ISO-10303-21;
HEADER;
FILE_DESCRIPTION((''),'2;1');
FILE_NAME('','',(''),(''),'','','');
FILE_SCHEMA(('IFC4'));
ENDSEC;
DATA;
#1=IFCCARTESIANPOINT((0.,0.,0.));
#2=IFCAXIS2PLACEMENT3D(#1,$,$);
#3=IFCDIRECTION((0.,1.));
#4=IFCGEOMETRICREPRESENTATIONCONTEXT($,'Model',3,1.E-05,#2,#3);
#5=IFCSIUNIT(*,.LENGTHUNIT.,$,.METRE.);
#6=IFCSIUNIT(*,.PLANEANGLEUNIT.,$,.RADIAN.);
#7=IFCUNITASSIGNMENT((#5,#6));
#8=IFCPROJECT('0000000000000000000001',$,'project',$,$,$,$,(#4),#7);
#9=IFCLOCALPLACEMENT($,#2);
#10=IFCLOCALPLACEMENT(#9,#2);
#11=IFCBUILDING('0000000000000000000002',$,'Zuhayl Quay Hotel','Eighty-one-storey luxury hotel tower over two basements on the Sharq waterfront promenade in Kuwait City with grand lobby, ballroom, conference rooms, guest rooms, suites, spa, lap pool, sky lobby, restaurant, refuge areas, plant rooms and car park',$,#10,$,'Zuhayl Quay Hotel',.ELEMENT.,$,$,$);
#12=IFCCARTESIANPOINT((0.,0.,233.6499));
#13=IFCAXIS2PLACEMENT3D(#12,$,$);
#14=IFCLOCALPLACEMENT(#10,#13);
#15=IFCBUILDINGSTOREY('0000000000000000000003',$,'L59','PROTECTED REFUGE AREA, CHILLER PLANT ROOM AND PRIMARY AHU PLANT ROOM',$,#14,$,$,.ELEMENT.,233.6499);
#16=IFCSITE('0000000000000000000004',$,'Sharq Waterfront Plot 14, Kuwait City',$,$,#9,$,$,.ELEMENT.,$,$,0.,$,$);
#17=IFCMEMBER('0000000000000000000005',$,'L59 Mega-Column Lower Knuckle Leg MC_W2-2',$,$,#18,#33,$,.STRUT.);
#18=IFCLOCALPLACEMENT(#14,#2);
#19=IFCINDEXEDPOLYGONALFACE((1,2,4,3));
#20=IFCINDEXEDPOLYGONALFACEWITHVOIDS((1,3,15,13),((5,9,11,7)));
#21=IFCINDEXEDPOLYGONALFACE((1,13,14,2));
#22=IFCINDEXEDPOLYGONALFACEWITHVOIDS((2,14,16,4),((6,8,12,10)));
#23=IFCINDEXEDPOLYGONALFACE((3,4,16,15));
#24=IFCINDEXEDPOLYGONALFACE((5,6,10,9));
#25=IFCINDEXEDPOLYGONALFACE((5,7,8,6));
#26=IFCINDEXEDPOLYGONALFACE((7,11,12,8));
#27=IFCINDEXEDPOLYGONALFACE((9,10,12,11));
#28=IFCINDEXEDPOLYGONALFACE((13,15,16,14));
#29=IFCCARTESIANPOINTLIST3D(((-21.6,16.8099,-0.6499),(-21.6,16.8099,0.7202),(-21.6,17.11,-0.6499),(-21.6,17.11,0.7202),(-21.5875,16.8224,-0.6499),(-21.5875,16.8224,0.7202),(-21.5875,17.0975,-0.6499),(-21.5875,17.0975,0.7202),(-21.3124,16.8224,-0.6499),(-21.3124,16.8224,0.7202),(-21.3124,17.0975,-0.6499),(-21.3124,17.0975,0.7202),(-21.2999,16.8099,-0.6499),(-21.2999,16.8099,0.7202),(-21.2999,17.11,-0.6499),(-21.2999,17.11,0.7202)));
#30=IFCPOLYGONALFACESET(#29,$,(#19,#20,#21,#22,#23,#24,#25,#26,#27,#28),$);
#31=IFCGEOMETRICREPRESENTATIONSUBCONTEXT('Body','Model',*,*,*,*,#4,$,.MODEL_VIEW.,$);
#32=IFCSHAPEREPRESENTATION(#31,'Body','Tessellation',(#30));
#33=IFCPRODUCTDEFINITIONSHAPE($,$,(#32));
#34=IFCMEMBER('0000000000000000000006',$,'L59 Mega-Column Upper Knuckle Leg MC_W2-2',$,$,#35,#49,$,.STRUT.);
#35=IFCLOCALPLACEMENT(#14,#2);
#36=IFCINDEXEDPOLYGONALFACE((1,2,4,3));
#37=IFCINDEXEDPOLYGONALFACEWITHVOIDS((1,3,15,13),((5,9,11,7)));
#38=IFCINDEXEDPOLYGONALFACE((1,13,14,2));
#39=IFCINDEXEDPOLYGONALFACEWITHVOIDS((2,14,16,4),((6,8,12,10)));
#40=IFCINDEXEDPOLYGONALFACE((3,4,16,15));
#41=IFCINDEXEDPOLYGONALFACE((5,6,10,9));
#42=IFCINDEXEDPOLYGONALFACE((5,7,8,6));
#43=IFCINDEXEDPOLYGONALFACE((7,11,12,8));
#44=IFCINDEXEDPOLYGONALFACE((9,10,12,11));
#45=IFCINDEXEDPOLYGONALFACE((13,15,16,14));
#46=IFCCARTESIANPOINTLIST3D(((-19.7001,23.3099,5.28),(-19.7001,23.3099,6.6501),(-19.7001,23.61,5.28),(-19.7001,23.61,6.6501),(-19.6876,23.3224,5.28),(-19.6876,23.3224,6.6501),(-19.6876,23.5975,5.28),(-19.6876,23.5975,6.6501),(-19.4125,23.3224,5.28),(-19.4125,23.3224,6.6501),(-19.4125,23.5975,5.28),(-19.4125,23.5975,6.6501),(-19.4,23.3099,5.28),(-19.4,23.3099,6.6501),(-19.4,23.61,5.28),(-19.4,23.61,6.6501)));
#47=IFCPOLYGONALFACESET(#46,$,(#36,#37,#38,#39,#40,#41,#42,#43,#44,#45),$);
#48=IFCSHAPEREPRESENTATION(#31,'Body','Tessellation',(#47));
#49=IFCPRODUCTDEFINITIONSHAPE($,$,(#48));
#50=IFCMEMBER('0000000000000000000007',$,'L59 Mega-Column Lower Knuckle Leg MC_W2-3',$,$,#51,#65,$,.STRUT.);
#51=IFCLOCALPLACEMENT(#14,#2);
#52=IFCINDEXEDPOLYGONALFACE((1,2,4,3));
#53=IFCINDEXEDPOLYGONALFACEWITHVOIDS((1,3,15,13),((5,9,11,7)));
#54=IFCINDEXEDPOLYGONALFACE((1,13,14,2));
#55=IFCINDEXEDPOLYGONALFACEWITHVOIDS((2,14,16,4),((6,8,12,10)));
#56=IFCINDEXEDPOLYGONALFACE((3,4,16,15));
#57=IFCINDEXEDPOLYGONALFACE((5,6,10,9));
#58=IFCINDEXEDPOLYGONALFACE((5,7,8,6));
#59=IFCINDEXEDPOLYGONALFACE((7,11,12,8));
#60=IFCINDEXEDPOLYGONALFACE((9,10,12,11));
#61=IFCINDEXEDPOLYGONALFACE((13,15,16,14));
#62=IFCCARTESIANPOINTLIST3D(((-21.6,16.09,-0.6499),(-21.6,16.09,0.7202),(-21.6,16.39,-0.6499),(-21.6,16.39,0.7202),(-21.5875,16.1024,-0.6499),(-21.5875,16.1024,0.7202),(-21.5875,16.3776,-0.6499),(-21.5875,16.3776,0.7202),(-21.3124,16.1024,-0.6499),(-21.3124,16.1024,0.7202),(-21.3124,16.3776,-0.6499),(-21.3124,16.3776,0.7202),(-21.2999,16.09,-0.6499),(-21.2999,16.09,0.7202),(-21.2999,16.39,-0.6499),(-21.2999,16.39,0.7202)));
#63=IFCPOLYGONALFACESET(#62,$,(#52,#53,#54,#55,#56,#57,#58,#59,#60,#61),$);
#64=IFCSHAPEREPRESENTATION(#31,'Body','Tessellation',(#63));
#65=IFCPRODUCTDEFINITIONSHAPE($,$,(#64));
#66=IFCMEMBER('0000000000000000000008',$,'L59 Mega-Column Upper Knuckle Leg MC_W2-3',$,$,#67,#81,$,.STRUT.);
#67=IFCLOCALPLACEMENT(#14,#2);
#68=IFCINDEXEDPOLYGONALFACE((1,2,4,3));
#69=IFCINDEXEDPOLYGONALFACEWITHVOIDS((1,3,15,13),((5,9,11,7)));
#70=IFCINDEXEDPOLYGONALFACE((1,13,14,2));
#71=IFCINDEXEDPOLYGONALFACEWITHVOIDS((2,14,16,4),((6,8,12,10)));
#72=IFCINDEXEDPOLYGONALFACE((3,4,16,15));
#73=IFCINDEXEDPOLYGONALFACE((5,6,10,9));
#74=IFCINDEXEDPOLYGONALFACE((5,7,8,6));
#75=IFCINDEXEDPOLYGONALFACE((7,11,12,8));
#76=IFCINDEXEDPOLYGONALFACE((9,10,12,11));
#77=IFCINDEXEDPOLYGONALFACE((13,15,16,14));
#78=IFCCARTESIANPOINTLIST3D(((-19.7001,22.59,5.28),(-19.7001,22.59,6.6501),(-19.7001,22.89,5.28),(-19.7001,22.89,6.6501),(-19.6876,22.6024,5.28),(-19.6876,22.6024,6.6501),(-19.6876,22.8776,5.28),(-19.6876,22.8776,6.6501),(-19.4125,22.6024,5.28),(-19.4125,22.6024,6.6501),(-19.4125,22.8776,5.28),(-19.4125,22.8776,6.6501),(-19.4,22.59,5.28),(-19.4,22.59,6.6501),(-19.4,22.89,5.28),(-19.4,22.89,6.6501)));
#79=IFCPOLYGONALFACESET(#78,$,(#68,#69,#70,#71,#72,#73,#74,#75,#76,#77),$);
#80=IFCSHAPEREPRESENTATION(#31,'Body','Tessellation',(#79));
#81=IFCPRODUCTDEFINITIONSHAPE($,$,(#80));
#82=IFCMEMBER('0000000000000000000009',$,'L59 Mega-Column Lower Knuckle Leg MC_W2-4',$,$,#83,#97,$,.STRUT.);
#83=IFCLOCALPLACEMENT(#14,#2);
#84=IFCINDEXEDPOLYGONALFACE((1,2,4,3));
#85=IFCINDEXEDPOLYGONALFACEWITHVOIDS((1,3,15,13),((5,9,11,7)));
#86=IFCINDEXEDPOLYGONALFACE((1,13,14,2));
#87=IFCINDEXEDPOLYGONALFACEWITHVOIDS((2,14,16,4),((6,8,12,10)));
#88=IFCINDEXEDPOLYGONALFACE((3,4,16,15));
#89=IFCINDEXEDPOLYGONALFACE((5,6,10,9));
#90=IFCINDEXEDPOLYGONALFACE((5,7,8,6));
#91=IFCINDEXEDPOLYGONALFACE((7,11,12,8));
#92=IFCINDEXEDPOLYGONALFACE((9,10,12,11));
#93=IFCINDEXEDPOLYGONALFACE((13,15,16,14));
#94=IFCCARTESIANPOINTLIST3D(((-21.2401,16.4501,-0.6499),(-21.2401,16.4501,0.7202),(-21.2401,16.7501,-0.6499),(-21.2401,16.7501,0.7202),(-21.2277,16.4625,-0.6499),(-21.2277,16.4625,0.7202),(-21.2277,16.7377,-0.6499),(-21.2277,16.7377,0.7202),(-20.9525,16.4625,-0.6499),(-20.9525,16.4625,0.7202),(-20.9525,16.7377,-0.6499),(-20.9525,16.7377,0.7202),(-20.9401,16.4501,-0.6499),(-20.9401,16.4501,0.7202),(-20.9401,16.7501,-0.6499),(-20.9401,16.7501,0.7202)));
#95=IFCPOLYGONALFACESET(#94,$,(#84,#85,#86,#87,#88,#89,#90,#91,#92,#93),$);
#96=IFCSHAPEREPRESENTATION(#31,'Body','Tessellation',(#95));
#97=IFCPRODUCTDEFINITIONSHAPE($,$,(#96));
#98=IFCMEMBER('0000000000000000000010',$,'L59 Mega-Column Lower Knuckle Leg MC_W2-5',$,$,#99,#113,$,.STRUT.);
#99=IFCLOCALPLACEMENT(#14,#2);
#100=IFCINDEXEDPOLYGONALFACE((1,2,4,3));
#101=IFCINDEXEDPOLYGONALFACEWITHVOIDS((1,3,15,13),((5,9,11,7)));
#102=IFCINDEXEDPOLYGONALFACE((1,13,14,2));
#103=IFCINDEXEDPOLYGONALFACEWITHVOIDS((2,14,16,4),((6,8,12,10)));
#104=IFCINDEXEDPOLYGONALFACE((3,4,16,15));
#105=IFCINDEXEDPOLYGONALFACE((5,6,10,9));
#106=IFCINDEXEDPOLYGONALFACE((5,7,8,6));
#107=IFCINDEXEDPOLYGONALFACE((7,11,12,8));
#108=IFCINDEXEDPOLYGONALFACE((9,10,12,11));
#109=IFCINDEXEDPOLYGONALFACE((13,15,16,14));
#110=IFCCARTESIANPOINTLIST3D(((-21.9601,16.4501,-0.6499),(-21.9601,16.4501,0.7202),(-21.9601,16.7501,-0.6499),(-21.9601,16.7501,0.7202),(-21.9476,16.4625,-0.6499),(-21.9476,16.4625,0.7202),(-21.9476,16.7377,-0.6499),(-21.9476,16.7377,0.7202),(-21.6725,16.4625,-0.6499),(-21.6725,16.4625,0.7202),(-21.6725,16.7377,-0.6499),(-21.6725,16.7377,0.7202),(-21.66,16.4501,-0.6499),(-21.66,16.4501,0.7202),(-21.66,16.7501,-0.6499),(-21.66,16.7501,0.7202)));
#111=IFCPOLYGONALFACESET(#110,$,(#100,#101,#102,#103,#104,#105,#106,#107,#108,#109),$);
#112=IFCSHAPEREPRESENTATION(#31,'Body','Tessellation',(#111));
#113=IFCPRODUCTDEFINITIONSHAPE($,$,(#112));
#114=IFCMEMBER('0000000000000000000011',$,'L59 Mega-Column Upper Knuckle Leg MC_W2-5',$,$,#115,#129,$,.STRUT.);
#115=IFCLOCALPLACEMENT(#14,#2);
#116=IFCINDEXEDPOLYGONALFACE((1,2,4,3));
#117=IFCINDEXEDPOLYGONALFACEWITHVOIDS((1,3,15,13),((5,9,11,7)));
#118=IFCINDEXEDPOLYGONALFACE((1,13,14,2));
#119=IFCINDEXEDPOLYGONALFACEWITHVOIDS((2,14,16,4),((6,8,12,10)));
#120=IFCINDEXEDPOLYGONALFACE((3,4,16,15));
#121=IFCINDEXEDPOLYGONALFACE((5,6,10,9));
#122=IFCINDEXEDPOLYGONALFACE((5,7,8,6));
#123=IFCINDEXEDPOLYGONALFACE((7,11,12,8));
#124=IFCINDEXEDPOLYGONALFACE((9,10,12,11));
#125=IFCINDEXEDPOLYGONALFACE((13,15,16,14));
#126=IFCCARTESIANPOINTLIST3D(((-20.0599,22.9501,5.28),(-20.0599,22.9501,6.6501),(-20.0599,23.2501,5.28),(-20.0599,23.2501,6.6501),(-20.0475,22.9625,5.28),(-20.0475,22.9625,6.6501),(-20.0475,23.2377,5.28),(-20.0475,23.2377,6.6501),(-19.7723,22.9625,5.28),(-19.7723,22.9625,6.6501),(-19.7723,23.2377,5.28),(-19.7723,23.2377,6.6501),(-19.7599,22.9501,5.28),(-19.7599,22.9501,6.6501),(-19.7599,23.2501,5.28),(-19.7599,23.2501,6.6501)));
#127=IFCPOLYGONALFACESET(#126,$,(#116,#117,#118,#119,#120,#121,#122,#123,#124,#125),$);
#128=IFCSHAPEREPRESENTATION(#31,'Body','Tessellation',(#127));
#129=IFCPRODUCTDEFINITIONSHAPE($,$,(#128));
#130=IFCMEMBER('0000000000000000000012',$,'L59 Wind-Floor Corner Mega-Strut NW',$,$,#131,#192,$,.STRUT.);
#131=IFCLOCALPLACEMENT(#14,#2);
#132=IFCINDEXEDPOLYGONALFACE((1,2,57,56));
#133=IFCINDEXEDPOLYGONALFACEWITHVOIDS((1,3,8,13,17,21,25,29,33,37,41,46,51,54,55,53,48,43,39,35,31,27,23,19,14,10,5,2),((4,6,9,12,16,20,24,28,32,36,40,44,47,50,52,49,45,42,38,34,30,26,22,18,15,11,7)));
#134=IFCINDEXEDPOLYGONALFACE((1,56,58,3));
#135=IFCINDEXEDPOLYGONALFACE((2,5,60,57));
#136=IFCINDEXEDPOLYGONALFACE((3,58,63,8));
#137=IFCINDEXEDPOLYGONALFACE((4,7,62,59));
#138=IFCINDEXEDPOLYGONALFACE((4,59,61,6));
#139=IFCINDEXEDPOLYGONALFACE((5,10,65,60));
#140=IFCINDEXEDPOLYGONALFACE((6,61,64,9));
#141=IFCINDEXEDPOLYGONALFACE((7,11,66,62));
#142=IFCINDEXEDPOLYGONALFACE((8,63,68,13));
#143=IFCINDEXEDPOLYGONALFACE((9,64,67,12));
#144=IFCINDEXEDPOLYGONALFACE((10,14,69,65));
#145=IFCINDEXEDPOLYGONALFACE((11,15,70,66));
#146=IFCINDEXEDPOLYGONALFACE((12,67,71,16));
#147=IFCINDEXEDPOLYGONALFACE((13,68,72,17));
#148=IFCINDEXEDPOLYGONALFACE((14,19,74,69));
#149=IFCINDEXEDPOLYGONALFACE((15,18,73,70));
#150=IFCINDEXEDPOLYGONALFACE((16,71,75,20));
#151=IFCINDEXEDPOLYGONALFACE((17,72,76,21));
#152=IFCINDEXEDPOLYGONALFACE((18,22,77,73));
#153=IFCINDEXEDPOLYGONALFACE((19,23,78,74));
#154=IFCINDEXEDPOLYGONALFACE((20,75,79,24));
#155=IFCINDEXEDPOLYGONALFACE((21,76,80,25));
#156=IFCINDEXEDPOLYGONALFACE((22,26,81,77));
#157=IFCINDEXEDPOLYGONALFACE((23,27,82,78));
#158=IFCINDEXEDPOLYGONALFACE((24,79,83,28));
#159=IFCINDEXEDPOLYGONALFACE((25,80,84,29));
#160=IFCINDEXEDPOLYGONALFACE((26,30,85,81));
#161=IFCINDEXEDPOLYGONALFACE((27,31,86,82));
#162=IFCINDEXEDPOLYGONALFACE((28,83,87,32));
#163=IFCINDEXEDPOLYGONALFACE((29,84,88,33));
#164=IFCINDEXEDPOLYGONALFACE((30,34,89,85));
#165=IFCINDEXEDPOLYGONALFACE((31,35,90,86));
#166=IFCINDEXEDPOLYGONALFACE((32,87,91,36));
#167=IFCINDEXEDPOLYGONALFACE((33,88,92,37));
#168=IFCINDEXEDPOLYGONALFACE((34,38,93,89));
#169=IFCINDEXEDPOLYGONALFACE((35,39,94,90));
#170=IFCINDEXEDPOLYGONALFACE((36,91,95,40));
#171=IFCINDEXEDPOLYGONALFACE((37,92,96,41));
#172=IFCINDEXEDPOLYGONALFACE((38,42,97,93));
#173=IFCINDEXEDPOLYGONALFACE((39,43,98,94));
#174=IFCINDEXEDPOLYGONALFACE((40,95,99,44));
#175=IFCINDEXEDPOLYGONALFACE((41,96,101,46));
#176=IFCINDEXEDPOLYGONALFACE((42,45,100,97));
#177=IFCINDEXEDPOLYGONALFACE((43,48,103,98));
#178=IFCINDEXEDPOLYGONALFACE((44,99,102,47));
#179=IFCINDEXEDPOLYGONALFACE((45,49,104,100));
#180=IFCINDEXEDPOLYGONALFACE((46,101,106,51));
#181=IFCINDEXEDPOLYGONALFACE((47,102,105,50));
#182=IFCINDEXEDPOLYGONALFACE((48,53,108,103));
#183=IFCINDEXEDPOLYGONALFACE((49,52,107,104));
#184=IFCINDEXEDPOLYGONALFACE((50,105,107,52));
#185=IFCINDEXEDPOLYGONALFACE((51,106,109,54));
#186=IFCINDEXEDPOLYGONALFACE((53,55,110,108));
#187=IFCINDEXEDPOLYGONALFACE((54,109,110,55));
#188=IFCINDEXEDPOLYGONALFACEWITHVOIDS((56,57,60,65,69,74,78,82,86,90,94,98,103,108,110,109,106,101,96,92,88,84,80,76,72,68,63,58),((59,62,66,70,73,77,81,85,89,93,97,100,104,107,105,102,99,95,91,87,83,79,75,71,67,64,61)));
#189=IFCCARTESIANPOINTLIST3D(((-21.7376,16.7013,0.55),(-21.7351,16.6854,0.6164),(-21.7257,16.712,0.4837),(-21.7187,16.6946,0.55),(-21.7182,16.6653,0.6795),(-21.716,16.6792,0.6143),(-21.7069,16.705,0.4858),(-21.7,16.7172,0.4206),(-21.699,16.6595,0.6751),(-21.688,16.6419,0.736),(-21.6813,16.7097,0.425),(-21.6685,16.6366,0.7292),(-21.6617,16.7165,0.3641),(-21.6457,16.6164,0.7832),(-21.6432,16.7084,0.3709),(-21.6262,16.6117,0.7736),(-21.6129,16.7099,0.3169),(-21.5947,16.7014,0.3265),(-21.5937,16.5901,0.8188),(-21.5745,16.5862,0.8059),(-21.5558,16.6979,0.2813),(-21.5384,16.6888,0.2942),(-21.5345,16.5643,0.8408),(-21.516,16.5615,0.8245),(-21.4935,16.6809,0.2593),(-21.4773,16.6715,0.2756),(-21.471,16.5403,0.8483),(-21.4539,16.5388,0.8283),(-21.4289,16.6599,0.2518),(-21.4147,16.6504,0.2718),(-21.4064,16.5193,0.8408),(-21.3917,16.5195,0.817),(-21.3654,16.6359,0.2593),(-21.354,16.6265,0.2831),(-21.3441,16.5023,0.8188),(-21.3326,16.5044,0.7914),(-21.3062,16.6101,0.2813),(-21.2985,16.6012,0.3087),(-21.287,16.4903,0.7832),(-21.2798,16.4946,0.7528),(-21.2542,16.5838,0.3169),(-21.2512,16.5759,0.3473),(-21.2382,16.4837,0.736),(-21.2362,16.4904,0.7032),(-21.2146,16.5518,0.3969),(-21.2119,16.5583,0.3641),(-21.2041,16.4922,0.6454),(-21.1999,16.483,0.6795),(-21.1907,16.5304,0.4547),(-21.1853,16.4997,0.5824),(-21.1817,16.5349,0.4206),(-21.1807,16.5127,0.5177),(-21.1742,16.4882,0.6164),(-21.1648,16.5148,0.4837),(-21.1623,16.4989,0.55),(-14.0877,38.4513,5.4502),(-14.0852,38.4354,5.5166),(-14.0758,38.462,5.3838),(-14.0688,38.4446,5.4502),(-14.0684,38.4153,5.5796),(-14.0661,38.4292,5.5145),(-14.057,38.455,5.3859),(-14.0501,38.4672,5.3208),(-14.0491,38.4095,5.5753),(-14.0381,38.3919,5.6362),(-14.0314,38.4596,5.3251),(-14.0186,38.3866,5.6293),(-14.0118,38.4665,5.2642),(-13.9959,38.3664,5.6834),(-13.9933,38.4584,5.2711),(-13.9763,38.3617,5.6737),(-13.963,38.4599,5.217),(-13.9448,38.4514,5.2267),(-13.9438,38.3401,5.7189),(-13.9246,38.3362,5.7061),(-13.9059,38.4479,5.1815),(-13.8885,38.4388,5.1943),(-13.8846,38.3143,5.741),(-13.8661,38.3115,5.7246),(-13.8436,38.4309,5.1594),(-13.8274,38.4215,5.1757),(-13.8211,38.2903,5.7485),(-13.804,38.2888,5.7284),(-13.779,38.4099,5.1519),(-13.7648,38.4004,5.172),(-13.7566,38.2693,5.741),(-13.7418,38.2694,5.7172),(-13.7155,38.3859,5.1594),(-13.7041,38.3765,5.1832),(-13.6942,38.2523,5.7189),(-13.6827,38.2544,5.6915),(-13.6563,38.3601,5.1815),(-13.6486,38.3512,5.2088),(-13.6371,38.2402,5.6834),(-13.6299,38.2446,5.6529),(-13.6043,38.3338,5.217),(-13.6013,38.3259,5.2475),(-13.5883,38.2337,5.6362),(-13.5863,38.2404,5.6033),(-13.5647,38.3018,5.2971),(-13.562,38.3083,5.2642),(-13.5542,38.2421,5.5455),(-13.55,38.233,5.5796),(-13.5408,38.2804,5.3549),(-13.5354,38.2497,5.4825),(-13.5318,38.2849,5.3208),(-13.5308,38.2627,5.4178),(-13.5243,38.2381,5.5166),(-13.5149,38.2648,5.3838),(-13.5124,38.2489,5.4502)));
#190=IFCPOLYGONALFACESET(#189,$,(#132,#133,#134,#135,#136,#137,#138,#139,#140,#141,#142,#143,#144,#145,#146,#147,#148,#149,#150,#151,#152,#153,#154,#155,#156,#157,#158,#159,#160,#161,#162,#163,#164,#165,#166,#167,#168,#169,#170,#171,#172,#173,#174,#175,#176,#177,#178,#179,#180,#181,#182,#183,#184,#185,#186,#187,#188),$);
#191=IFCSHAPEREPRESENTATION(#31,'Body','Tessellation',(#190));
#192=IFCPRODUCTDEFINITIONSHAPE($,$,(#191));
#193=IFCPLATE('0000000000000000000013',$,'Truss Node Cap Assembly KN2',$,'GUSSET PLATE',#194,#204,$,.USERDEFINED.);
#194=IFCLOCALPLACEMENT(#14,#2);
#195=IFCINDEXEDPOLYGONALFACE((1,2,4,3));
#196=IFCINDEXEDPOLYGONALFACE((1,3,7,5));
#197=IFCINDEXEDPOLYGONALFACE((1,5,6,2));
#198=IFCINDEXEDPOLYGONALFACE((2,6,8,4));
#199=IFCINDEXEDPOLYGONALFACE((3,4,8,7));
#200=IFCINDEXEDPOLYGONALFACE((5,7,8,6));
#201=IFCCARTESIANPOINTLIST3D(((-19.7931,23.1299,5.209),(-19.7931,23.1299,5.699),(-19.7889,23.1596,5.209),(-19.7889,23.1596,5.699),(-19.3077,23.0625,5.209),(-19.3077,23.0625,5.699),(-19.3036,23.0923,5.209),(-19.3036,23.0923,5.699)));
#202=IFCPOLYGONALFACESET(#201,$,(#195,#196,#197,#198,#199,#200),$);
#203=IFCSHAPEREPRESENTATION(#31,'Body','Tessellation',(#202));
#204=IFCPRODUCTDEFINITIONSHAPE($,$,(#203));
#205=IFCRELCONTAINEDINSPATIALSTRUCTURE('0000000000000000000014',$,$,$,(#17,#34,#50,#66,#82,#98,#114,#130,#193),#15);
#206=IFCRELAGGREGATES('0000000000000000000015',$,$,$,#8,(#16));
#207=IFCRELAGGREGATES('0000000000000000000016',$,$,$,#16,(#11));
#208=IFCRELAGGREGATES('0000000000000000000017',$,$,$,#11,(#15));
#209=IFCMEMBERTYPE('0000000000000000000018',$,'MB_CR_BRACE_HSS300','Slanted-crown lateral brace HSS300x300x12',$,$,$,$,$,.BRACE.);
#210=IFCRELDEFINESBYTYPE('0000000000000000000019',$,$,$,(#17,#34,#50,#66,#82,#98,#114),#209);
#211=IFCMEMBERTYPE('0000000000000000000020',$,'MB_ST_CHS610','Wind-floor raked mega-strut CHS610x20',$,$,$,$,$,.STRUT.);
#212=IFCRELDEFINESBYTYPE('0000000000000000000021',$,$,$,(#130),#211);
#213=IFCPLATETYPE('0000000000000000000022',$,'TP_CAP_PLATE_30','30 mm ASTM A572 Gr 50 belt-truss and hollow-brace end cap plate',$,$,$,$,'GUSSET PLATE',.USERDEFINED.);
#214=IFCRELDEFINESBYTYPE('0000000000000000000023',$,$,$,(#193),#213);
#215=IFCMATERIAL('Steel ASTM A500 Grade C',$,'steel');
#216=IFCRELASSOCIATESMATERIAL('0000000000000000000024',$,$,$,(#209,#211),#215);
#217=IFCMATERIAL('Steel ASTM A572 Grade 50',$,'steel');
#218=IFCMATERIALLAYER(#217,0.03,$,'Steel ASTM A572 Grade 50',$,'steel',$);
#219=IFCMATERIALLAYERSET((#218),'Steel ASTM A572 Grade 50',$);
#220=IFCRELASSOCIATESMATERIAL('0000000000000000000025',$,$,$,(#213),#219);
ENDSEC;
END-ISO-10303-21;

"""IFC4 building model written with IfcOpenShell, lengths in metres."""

from ifc_helpers import new_model, si_unit, direction, frame, origin, origin_2d, place, context, subcontext, project, spatial, rectangle, hollow_rectangle, hollow_circle, extrude, material, layer, layer_set, material_profile, profile_set, type_object, element, save


model = new_model("IFC4")

# Units and contexts
model_context = context("Model", 3, precision=1e-05, world=origin(), true_north=direction((0.0, 1.0)))
body_context = subcontext(model_context, "Body", "Model", "MODEL_VIEW")
ifc_project = project(units=[si_unit("LENGTHUNIT", "METRE"), si_unit("PLANEANGLEUNIT", "RADIAN")], contexts=[model_context])

# Site, building, storey
site_placement = place(None, origin())
site = spatial("IfcSite", under=ifc_project, at=site_placement, Name="Sharq Waterfront Plot 14, Kuwait City", CompositionType="ELEMENT", RefElevation=0.0)
building_placement = place(site_placement, origin())
building = spatial("IfcBuilding", under=site, at=building_placement, Name="Zuhayl Quay Hotel", Description="Eighty-one-storey luxury hotel tower over two basements on the Sharq waterfront promenade in Kuwait City with grand lobby, ballroom, conference rooms, guest rooms, suites, spa, lap pool, sky lobby, restaurant, refuge areas, plant rooms and car park", LongName="Zuhayl Quay Hotel", CompositionType="ELEMENT")
storey_placement = place(building_placement, frame((0.0, 0.0, 233.6499)))
storey = spatial("IfcBuildingStorey", under=building, at=storey_placement, Name="L59", Description="PROTECTED REFUGE AREA, CHILLER PLANT ROOM AND PRIMARY AHU PLANT ROOM", CompositionType="ELEMENT", Elevation=233.6499)

# Members
ifc_material_1 = material(Name="Steel ASTM A500 Grade C", Category="steel")
ifc_material_profile_1 = material_profile(ifc_material_1, hollow_rectangle(XDim=0.3, YDim=0.3, WallThickness=0.0125, at=origin_2d()), Name="HSS300X300X12")
ifc_profile_set_1 = profile_set([ifc_material_profile_1], Name="Steel ASTM A500 Grade C")
member_type_1 = type_object("IfcMemberType", Name="MB_CR_BRACE_HSS300", Description="Slanted-crown lateral brace HSS300x300x12", PredefinedType="BRACE", material=ifc_profile_set_1)
for number, where, z_axis, x_axis, name in (
    (1, (-21.45, 16.96, -0.6499), (0.0, 0.0, 1.0), (1.0, 0.0, 0.0), "L59 Mega-Column Lower Knuckle Leg MC_W2-2"),
    (2, (-19.55, 23.46, 5.28), (0.0, 0.0, 1.0), (1.0, 0.0, 0.0), "L59 Mega-Column Upper Knuckle Leg MC_W2-2"),
    (3, (-21.45, 16.24, -0.6499), (0.0, 0.0, 1.0), (1.0, 0.0, 0.0), "L59 Mega-Column Lower Knuckle Leg MC_W2-3"),
    (4, (-19.55, 22.74, 5.28), (0.0, 0.0, 1.0), (1.0, 0.0, 0.0), "L59 Mega-Column Upper Knuckle Leg MC_W2-3"),
    (5, (-21.0901, 16.6001, -0.6499), (0.0, 0.0, 1.0), (1.0, 0.0, 0.0), "L59 Mega-Column Lower Knuckle Leg MC_W2-4"),
    (6, (-21.8101, 16.6001, -0.6499), (0.0, 0.0, 1.0), (1.0, 0.0, 0.0), "L59 Mega-Column Lower Knuckle Leg MC_W2-5"),
    (7, (-19.9099, 23.1001, 5.28), (0.0, 0.0, 1.0), (1.0, 0.0, 0.0), "L59 Mega-Column Upper Knuckle Leg MC_W2-5"),
):
    element("IfcMember", number, at=place(storey_placement, frame(where, z_axis=z_axis, x_axis=x_axis)), inside=storey, type_object=member_type_1, Name=name, PredefinedType="STRUT", context=body_context, shape_type="SweptSolid", body=[
        extrude(hollow_rectangle(XDim=0.3, YDim=0.3, WallThickness=0.0125, at=origin_2d()), origin(), (0.0, 0.0, 1.0), 1.3701),
    ])
ifc_material_profile_2 = material_profile(ifc_material_1, hollow_circle(Radius=0.3049, WallThickness=0.02, at=origin_2d()), Name="CHS610X20")
ifc_profile_set_2 = profile_set([ifc_material_profile_2], Name="Steel ASTM A500 Grade C")
member_type_2 = type_object("IfcMemberType", Name="MB_ST_CHS610", Description="Wind-floor raked mega-strut CHS610x20", PredefinedType="STRUT", material=ifc_profile_set_2)
member_placement = place(storey_placement, frame((-21.45, 16.6001, 0.55), z_axis=(0.324546, 0.922742, 0.207888), x_axis=(-0.943351, 0.331795, 0.0)))
element("IfcMember", 8, at=member_placement, inside=storey, type_object=member_type_2, Name="L59 Wind-Floor Corner Mega-Strut NW", PredefinedType="STRUT", context=body_context, shape_type="SweptSolid", body=[
    extrude(hollow_circle(Radius=0.3049, WallThickness=0.02, at=origin_2d()), origin(), (0.0, 0.0, 1.0), 23.571),
])

# Plate
ifc_material_2 = material(Name="Steel ASTM A572 Grade 50", Category="steel")
ifc_layer_1 = layer(ifc_material_2, 0.03, Name="Steel ASTM A572 Grade 50", Category="steel")
ifc_layer_set_1 = layer_set([ifc_layer_1], Name="Steel ASTM A572 Grade 50")
plate_type_1 = type_object("IfcPlateType", Name="TP_CAP_PLATE_30", Description="30 mm ASTM A572 Gr 50 belt-truss and hollow-brace end cap plate", ElementType="GUSSET PLATE", PredefinedType="USERDEFINED", material=ifc_layer_set_1)
plate_1_placement = place(storey_placement, frame((-19.5483, 23.1111, 5.209), z_axis=(0.0, 0.0, 1.0), x_axis=(0.137445, 0.990509, 0.0)))
element("IfcPlate", 9, at=plate_1_placement, inside=storey, type_object=plate_type_1, Name="Truss Node Cap Assembly KN2", ObjectType="GUSSET PLATE", PredefinedType="USERDEFINED", context=body_context, shape_type="SweptSolid", body=[
    extrude(rectangle(XDim=0.03, YDim=0.49, at=origin_2d()), origin(), (0.0, 0.0, 1.0), 0.49),
])

save(model, "model.ifc")
